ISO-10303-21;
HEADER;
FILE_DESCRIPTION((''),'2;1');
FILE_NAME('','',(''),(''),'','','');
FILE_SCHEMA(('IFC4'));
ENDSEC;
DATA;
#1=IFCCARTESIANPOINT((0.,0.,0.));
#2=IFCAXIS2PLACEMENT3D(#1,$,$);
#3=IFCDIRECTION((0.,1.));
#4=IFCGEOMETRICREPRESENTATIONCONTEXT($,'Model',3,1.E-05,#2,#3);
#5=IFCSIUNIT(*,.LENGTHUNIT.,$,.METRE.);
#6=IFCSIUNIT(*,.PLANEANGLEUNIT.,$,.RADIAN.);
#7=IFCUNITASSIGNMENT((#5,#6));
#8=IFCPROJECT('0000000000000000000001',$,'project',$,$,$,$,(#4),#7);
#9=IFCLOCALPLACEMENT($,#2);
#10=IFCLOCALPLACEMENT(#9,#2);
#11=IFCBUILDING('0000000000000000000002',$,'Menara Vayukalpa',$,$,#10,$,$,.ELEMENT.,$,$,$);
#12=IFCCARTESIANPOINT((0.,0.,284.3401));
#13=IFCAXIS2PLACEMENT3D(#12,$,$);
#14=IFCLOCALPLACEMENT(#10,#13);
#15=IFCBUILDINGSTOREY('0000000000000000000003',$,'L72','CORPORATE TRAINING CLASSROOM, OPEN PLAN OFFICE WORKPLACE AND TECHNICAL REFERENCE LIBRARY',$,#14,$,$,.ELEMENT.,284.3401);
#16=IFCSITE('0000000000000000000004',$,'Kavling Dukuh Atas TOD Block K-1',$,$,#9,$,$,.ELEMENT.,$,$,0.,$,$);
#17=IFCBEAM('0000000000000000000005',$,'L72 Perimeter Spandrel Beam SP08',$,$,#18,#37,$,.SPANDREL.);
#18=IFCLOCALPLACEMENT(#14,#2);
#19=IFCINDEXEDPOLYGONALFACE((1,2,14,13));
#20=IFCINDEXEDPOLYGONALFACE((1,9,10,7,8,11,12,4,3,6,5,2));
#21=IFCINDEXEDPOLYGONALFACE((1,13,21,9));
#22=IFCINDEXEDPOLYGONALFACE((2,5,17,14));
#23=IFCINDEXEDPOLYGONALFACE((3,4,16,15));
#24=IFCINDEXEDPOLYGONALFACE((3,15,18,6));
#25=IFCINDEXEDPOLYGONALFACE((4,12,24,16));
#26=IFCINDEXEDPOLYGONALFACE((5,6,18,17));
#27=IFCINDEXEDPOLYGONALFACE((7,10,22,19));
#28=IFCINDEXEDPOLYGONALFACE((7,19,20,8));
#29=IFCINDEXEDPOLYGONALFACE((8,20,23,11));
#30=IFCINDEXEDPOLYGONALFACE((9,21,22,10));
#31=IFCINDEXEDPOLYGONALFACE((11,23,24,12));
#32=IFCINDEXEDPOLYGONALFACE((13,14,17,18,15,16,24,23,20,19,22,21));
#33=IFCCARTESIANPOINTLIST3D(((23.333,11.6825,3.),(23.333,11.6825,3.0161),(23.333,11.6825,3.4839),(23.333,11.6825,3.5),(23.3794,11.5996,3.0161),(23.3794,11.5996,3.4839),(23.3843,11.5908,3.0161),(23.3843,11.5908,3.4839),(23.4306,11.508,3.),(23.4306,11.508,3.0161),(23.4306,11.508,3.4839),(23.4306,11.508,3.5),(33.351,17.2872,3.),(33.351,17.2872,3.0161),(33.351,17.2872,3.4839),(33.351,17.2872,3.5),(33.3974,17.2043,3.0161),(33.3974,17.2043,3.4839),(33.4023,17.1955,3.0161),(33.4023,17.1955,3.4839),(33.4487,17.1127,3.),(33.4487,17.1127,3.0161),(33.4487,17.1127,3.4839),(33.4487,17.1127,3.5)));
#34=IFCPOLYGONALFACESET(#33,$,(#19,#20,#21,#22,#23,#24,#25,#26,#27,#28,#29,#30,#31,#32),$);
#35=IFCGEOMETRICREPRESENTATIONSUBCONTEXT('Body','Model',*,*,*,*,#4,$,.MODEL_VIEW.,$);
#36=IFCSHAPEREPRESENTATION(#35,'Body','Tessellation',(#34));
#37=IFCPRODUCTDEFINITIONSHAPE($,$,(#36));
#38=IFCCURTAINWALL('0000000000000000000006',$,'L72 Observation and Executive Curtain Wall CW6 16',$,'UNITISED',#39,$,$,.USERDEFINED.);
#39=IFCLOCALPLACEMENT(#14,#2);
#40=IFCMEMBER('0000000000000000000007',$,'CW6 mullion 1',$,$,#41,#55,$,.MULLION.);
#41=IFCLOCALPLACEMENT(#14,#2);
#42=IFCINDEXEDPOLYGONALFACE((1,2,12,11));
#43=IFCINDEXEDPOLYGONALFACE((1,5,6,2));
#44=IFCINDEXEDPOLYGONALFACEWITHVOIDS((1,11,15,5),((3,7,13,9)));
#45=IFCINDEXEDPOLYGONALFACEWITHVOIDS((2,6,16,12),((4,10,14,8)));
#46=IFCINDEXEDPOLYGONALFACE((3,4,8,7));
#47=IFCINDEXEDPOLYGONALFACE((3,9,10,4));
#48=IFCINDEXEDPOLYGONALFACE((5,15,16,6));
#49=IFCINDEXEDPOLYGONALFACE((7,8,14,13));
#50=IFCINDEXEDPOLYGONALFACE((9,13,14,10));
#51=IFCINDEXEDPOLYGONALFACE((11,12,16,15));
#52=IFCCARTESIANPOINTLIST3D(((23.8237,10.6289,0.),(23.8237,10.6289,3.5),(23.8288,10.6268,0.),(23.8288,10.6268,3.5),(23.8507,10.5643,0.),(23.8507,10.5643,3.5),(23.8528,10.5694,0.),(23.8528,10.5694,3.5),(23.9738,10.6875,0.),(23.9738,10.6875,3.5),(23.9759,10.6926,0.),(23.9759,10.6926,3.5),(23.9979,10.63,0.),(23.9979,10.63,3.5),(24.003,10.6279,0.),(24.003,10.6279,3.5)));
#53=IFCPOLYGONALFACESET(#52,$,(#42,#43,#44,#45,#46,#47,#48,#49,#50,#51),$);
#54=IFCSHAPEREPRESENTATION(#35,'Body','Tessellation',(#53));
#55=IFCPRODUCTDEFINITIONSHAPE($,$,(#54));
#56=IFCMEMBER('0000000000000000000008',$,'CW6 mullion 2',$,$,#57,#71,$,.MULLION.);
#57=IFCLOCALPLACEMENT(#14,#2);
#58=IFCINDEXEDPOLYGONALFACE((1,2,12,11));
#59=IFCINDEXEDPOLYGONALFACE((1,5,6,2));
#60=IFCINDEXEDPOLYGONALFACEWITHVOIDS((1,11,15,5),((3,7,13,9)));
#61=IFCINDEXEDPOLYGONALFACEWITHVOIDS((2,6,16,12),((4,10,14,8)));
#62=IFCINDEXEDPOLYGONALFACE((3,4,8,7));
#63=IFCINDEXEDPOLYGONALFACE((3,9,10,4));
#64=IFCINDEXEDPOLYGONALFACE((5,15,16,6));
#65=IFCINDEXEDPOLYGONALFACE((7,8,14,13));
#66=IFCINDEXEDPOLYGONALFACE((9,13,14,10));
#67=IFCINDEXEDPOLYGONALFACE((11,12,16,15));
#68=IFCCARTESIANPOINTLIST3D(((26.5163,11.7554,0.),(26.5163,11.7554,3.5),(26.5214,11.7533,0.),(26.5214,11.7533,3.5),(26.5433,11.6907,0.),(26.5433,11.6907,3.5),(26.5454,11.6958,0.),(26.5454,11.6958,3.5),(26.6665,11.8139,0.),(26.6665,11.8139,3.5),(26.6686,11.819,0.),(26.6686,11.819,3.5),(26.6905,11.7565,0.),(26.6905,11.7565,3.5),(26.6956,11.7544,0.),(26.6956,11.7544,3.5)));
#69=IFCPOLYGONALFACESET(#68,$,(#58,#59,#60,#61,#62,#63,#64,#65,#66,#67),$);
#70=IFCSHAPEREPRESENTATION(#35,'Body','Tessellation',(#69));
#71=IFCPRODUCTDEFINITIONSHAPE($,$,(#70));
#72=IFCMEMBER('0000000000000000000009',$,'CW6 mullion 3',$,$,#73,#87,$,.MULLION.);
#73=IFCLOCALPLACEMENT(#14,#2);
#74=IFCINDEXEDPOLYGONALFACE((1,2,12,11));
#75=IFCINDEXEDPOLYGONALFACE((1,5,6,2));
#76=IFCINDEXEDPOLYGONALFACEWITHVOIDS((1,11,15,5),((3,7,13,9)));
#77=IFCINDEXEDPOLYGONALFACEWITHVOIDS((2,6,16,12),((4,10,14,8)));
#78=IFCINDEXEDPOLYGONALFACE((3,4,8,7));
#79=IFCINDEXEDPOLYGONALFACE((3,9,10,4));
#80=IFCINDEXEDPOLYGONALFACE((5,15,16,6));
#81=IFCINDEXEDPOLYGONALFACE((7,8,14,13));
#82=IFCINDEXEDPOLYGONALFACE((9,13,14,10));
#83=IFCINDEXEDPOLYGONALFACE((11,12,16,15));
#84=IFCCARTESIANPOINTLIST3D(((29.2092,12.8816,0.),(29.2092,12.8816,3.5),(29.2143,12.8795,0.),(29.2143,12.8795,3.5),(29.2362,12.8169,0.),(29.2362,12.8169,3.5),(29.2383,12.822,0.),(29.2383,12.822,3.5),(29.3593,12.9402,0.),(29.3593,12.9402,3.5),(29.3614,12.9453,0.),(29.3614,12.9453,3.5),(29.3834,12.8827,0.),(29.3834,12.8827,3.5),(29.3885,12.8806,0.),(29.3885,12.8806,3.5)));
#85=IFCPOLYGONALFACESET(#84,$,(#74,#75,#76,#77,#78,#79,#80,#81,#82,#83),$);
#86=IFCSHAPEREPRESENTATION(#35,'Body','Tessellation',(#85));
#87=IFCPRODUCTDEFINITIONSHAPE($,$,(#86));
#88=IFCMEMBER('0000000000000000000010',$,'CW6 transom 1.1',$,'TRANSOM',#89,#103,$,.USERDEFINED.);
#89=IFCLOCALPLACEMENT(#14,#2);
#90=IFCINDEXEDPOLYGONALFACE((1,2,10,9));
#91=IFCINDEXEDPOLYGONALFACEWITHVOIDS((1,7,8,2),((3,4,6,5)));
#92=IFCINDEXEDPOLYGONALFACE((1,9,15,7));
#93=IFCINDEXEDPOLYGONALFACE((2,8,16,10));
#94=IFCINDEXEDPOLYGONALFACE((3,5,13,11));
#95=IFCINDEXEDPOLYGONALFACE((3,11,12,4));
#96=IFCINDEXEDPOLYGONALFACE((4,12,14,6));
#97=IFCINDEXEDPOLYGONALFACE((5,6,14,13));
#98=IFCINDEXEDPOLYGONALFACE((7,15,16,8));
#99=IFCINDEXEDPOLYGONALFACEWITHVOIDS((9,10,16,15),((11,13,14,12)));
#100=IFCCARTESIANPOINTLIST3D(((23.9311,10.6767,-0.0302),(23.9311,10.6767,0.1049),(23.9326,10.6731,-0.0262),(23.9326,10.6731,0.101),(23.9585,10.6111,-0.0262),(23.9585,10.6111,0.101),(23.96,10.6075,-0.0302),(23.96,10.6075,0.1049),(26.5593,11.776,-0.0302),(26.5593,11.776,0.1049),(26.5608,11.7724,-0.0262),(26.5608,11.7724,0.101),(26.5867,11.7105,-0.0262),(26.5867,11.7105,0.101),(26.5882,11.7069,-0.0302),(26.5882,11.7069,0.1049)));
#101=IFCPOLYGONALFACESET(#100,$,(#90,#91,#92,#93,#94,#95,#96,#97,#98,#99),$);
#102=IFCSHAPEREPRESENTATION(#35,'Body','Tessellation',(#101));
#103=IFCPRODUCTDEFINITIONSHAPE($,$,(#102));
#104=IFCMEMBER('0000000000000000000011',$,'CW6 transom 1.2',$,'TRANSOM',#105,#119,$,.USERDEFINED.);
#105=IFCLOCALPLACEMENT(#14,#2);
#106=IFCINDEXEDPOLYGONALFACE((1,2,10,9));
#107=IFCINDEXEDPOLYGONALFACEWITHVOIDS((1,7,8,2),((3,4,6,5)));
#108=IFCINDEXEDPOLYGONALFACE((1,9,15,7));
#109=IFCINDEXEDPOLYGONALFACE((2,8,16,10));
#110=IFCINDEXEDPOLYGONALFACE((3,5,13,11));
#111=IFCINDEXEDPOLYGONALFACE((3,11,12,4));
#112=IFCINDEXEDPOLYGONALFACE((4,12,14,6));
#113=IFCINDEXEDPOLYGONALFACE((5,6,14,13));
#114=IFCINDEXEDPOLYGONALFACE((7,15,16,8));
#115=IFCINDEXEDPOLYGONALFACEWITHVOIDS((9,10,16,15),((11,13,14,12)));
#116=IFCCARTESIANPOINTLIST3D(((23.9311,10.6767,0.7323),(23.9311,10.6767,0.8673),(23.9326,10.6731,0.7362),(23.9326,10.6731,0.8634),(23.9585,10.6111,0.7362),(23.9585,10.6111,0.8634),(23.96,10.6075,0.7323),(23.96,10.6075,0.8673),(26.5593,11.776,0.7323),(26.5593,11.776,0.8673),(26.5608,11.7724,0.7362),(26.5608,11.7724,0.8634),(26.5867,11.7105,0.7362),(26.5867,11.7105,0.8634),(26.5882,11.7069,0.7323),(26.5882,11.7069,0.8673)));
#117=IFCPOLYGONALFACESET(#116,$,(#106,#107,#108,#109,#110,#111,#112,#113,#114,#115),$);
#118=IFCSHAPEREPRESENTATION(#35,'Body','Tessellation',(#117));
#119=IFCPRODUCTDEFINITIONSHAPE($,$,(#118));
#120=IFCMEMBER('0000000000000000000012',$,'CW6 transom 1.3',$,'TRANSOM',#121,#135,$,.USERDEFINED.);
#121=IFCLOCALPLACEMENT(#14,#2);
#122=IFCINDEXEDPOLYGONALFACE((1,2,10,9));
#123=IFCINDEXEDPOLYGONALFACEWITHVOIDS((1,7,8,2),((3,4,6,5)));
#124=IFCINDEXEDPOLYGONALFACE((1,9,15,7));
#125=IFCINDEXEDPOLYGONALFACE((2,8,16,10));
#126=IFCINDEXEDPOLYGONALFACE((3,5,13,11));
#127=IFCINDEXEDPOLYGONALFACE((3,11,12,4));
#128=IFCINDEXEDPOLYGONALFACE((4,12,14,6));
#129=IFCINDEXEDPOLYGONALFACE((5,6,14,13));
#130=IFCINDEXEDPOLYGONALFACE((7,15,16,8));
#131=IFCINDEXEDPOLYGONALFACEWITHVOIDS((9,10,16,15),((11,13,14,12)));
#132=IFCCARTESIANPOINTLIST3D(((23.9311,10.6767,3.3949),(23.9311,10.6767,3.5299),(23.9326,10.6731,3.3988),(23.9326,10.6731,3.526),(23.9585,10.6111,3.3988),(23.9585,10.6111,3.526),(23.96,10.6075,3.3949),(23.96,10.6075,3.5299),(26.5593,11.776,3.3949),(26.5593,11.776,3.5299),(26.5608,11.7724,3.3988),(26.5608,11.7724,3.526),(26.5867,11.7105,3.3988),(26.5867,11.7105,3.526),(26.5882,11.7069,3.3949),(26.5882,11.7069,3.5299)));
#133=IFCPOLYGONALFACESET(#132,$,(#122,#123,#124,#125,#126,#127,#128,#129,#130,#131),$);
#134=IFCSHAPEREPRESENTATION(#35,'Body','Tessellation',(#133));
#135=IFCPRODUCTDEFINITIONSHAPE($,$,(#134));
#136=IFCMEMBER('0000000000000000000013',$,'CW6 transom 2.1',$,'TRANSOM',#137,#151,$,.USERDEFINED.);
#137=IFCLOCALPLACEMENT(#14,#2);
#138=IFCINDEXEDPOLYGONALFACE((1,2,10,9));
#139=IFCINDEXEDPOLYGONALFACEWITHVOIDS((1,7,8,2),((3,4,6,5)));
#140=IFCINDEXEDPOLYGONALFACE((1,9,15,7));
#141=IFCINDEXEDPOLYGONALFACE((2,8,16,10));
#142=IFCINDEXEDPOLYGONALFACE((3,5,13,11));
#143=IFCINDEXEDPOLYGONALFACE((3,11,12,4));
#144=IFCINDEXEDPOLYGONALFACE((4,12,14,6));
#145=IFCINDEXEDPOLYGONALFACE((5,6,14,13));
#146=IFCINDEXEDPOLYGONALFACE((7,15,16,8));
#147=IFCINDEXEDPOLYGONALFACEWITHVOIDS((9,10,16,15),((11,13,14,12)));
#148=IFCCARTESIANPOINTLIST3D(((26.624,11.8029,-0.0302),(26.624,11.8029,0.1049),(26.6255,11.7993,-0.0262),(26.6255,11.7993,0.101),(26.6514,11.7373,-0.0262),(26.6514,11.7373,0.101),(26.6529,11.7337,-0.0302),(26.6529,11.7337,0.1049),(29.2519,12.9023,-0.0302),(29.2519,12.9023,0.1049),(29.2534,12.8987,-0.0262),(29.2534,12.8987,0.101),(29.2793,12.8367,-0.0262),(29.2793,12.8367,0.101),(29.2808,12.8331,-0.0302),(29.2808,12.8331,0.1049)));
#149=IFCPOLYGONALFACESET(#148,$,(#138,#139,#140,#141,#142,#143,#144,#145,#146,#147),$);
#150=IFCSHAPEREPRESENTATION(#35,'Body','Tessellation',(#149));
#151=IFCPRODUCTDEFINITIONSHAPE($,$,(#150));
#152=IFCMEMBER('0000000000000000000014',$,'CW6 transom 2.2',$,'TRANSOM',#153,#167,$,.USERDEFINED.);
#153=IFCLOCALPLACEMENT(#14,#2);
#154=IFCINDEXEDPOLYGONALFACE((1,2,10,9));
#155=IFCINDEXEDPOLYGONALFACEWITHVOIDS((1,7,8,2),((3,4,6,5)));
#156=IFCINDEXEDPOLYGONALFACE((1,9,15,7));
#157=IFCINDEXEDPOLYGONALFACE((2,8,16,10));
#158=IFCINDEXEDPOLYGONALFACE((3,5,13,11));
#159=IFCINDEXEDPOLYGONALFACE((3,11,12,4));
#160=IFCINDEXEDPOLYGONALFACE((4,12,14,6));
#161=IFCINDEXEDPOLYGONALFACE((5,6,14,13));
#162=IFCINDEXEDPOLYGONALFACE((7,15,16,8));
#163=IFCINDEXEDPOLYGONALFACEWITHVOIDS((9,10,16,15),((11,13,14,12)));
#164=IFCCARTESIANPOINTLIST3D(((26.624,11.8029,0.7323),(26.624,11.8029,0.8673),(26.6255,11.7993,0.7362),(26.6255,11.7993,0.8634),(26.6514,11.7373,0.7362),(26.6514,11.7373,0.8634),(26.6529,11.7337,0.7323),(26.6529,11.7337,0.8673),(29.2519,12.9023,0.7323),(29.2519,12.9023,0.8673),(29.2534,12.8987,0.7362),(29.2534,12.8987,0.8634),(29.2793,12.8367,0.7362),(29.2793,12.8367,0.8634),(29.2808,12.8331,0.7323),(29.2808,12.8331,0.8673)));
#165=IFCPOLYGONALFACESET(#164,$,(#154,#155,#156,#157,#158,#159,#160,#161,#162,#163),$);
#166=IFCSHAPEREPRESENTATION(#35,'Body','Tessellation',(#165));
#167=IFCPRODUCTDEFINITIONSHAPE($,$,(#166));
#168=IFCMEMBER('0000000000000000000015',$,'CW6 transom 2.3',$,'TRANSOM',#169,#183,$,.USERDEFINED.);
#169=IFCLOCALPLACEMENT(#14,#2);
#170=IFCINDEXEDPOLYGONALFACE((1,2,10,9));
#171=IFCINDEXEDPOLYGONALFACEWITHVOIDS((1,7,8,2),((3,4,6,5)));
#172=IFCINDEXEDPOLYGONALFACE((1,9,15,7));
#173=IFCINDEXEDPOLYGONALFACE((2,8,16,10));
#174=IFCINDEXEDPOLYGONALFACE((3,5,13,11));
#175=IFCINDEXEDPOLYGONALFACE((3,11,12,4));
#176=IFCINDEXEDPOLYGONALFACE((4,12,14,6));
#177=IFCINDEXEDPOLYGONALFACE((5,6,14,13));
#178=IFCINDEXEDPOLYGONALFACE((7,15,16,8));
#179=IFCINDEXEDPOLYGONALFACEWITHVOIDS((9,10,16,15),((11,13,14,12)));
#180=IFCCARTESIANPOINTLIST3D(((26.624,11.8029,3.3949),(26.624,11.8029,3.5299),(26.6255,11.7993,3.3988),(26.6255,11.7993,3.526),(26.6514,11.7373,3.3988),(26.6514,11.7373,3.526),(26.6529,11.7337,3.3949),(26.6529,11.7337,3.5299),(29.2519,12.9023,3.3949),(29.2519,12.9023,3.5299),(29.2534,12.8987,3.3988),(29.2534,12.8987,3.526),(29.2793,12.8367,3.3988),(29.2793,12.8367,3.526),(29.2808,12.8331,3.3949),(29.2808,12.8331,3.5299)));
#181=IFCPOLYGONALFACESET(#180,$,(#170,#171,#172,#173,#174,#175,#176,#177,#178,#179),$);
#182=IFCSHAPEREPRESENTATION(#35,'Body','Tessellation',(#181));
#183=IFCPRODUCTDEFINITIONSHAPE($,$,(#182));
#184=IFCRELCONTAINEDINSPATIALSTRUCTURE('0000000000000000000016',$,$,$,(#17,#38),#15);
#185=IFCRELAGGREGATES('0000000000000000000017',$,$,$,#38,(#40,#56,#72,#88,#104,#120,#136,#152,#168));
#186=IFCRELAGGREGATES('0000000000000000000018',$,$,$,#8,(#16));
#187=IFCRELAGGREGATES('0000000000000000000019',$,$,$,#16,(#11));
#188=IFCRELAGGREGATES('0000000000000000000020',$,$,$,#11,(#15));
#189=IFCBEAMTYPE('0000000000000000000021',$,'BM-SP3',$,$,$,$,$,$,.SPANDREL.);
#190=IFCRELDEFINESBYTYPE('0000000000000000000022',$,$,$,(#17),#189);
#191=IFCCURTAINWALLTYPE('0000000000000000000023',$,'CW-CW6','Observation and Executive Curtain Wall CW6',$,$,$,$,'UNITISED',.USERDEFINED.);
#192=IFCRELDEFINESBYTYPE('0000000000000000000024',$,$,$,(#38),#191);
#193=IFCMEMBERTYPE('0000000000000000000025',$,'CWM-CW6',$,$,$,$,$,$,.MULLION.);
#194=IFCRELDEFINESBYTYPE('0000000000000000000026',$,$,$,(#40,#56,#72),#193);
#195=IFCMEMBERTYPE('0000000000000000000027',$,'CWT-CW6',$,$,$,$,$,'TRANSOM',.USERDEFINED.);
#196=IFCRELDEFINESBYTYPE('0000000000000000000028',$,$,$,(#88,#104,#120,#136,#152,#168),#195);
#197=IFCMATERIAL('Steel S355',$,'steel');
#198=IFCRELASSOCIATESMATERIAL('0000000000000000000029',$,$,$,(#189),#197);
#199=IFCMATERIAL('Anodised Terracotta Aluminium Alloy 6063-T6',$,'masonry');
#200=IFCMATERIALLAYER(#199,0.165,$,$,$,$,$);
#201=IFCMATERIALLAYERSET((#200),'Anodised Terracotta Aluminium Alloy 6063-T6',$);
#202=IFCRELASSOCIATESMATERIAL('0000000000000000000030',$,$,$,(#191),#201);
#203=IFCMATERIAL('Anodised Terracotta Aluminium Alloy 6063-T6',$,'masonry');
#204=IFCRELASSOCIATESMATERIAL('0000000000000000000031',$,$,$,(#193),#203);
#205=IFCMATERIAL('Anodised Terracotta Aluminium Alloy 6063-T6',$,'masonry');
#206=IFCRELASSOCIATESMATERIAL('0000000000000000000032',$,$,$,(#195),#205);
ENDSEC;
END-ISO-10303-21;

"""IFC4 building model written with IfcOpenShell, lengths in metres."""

from ifc_helpers import new_model, si_unit, direction, frame, origin, origin_2d, place, context, subcontext, project, spatial, hollow_rectangle, i_section, extrude, material, layer, layer_set, material_profile, profile_set, type_object, element, aggregate, save


model = new_model("IFC4")

# Units and contexts
model_context = context("Model", 3, precision=1e-05, world=origin(), true_north=direction((0.0, 1.0)))
body_context = subcontext(model_context, "Body", "Model", "MODEL_VIEW")
ifc_project = project(units=[si_unit("LENGTHUNIT", "METRE"), si_unit("PLANEANGLEUNIT", "RADIAN")], contexts=[model_context])

# Site, building, storey
site_placement = place(None, origin())
site = spatial("IfcSite", under=ifc_project, at=site_placement, Name="Kavling Dukuh Atas TOD Block K-1", CompositionType="ELEMENT", RefElevation=0.0)
building_placement = place(site_placement, origin())
building = spatial("IfcBuilding", under=site, at=building_placement, Name="Menara Vayukalpa", CompositionType="ELEMENT")
storey_placement = place(building_placement, frame((0.0, 0.0, 284.3401)))
storey = spatial("IfcBuildingStorey", under=building, at=storey_placement, Name="L72", Description="CORPORATE TRAINING CLASSROOM, OPEN PLAN OFFICE WORKPLACE AND TECHNICAL REFERENCE LIBRARY", CompositionType="ELEMENT", Elevation=284.3401)

# Beam
ifc_material_1 = material(Name="Steel S355", Category="steel")
ifc_material_profile_1 = material_profile(ifc_material_1, i_section(OverallWidth=0.2, OverallDepth=0.5, WebThickness=0.01, FlangeThickness=0.0161, at=origin_2d()), Name="WF 500x200x10x16")
ifc_profile_set_1 = profile_set([ifc_material_profile_1], Name="Steel S355")
beam_type = type_object("IfcBeamType", Name="BM-SP3", PredefinedType="SPANDREL", material=ifc_profile_set_1)
beam_placement = place(storey_placement, frame((23.3818, 11.5952, 3.25), z_axis=(0.872706, 0.488246, 0.0), x_axis=(-0.488246, 0.872706, 0.0)))
element("IfcBeam", 1, at=beam_placement, inside=storey, type_object=beam_type, Name="L72 Perimeter Spandrel Beam SP08", PredefinedType="SPANDREL", context=body_context, shape_type="SweptSolid", body=[
    extrude(i_section(OverallWidth=0.2, OverallDepth=0.5, WebThickness=0.01, FlangeThickness=0.0161, at=origin_2d()), origin(), (0.0, 0.0, 1.0), 11.4792),
])

# Curtain wall, members
ifc_material_2 = material(Name="Anodised Terracotta Aluminium Alloy 6063-T6", Category="masonry")
ifc_layer_1 = layer(ifc_material_2, 0.165)
ifc_layer_set_1 = layer_set([ifc_layer_1], Name="Anodised Terracotta Aluminium Alloy 6063-T6")
curtain_wall_type = type_object("IfcCurtainWallType", Name="CW-CW6", Description="Observation and Executive Curtain Wall CW6", ElementType="UNITISED", PredefinedType="USERDEFINED", material=ifc_layer_set_1)
curtain_wall_placement = place(storey_placement, origin())
curtain_wall = element("IfcCurtainWall", 2, at=curtain_wall_placement, inside=storey, type_object=curtain_wall_type, Name="L72 Observation and Executive Curtain Wall CW6 16", ObjectType="UNITISED", PredefinedType="USERDEFINED")
ifc_material_3 = material(Name="Anodised Terracotta Aluminium Alloy 6063-T6", Category="masonry")
ifc_material_profile_2 = material_profile(ifc_material_3, hollow_rectangle(XDim=0.0701, YDim=0.165, WallThickness=0.0039, at=origin_2d()), Name="ALU 70x165x4")
ifc_profile_set_2 = profile_set([ifc_material_profile_2], Name="Anodised Terracotta Aluminium Alloy 6063-T6")
member_type_1 = type_object("IfcMemberType", Name="CWM-CW6", PredefinedType="MULLION", material=ifc_profile_set_2)
member_1_placement = place(storey_placement, frame((23.9133, 10.6284, 0.0), z_axis=(0.0, 0.0, 1.0), x_axis=(-0.3859, 0.922541, 0.0)))
member_1 = element("IfcMember", 3, at=member_1_placement, type_object=member_type_1, Name="CW6 mullion 1", PredefinedType="MULLION", context=body_context, shape_type="SweptSolid", body=[
    extrude(hollow_rectangle(XDim=0.0701, YDim=0.165, WallThickness=0.0039, at=origin_2d()), origin(), (0.0, 0.0, 1.0), 3.5),
])
member_2_placement = place(storey_placement, frame((26.606, 11.7549, 0.0), z_axis=(0.0, 0.0, 1.0), x_axis=(-0.3859, 0.922541, 0.0)))
member_2 = element("IfcMember", 4, at=member_2_placement, type_object=member_type_1, Name="CW6 mullion 2", PredefinedType="MULLION", context=body_context, shape_type="SweptSolid", body=[
    extrude(hollow_rectangle(XDim=0.0701, YDim=0.165, WallThickness=0.0039, at=origin_2d()), origin(), (0.0, 0.0, 1.0), 3.5),
])
member_3_placement = place(storey_placement, frame((29.2988, 12.8811, 0.0), z_axis=(0.0, 0.0, 1.0), x_axis=(-0.3859, 0.922541, 0.0)))
member_3 = element("IfcMember", 5, at=member_3_placement, type_object=member_type_1, Name="CW6 mullion 3", PredefinedType="MULLION", context=body_context, shape_type="SweptSolid", body=[
    extrude(hollow_rectangle(XDim=0.0701, YDim=0.165, WallThickness=0.0039, at=origin_2d()), origin(), (0.0, 0.0, 1.0), 3.5),
])
ifc_material_4 = material(Name="Anodised Terracotta Aluminium Alloy 6063-T6", Category="masonry")
ifc_material_profile_3 = material_profile(ifc_material_4, hollow_rectangle(XDim=0.075, YDim=0.135, WallThickness=0.0039, at=origin_2d()), Name="ALU 75x135x4")
ifc_profile_set_3 = profile_set([ifc_material_profile_3], Name="Anodised Terracotta Aluminium Alloy 6063-T6")
member_type_2 = type_object("IfcMemberType", Name="CWT-CW6", ElementType="TRANSOM", PredefinedType="USERDEFINED", material=ifc_profile_set_3)
member_4_placement = place(storey_placement, frame((23.9456, 10.6421, 0.0374), z_axis=(0.922541, 0.385899, 0.0), x_axis=(-0.385899, 0.922541, 0.0)))
member_4 = element("IfcMember", 6, at=member_4_placement, type_object=member_type_2, Name="CW6 transom 1.1", ObjectType="TRANSOM", PredefinedType="USERDEFINED", context=body_context, shape_type="SweptSolid", body=[
    extrude(hollow_rectangle(XDim=0.075, YDim=0.135, WallThickness=0.0039, at=origin_2d()), origin(), (0.0, 0.0, 1.0), 2.8489),
])
member_5_placement = place(storey_placement, frame((23.9456, 10.6421, 0.7998), z_axis=(0.922541, 0.385899, 0.0), x_axis=(-0.385899, 0.922541, 0.0)))
member_5 = element("IfcMember", 7, at=member_5_placement, type_object=member_type_2, Name="CW6 transom 1.2", ObjectType="TRANSOM", PredefinedType="USERDEFINED", context=body_context, shape_type="SweptSolid", body=[
    extrude(hollow_rectangle(XDim=0.075, YDim=0.135, WallThickness=0.0039, at=origin_2d()), origin(), (0.0, 0.0, 1.0), 2.8489),
])
member_6_placement = place(storey_placement, frame((23.9456, 10.6421, 3.4624), z_axis=(0.922541, 0.385899, 0.0), x_axis=(-0.385899, 0.922541, 0.0)))
member_6 = element("IfcMember", 8, at=member_6_placement, type_object=member_type_2, Name="CW6 transom 1.3", ObjectType="TRANSOM", PredefinedType="USERDEFINED", context=body_context, shape_type="SweptSolid", body=[
    extrude(hollow_rectangle(XDim=0.075, YDim=0.135, WallThickness=0.0039, at=origin_2d()), origin(), (0.0, 0.0, 1.0), 2.8489),
])
member_7_placement = place(storey_placement, frame((26.6384, 11.7683, 0.0374), z_axis=(0.922528, 0.385929, 0.0), x_axis=(-0.385929, 0.922528, 0.0)))
member_7 = element("IfcMember", 9, at=member_7_placement, type_object=member_type_2, Name="CW6 transom 2.1", ObjectType="TRANSOM", PredefinedType="USERDEFINED", context=body_context, shape_type="SweptSolid", body=[
    extrude(hollow_rectangle(XDim=0.075, YDim=0.135, WallThickness=0.0039, at=origin_2d()), origin(), (0.0, 0.0, 1.0), 2.8486),
])
member_8_placement = place(storey_placement, frame((26.6384, 11.7683, 0.7998), z_axis=(0.922528, 0.385929, 0.0), x_axis=(-0.385929, 0.922528, 0.0)))
member_8 = element("IfcMember", 10, at=member_8_placement, type_object=member_type_2, Name="CW6 transom 2.2", ObjectType="TRANSOM", PredefinedType="USERDEFINED", context=body_context, shape_type="SweptSolid", body=[
    extrude(hollow_rectangle(XDim=0.075, YDim=0.135, WallThickness=0.0039, at=origin_2d()), origin(), (0.0, 0.0, 1.0), 2.8486),
])
member_9_placement = place(storey_placement, frame((26.6384, 11.7683, 3.4624), z_axis=(0.922528, 0.385929, 0.0), x_axis=(-0.385929, 0.922528, 0.0)))
member_9 = element("IfcMember", 11, at=member_9_placement, type_object=member_type_2, Name="CW6 transom 2.3", ObjectType="TRANSOM", PredefinedType="USERDEFINED", context=body_context, shape_type="SweptSolid", body=[
    extrude(hollow_rectangle(XDim=0.075, YDim=0.135, WallThickness=0.0039, at=origin_2d()), origin(), (0.0, 0.0, 1.0), 2.8486),
])
aggregate(curtain_wall, [member_1, member_2, member_3, member_4, member_5, member_6, member_7, member_8, member_9])

save(model, "model.ifc")
